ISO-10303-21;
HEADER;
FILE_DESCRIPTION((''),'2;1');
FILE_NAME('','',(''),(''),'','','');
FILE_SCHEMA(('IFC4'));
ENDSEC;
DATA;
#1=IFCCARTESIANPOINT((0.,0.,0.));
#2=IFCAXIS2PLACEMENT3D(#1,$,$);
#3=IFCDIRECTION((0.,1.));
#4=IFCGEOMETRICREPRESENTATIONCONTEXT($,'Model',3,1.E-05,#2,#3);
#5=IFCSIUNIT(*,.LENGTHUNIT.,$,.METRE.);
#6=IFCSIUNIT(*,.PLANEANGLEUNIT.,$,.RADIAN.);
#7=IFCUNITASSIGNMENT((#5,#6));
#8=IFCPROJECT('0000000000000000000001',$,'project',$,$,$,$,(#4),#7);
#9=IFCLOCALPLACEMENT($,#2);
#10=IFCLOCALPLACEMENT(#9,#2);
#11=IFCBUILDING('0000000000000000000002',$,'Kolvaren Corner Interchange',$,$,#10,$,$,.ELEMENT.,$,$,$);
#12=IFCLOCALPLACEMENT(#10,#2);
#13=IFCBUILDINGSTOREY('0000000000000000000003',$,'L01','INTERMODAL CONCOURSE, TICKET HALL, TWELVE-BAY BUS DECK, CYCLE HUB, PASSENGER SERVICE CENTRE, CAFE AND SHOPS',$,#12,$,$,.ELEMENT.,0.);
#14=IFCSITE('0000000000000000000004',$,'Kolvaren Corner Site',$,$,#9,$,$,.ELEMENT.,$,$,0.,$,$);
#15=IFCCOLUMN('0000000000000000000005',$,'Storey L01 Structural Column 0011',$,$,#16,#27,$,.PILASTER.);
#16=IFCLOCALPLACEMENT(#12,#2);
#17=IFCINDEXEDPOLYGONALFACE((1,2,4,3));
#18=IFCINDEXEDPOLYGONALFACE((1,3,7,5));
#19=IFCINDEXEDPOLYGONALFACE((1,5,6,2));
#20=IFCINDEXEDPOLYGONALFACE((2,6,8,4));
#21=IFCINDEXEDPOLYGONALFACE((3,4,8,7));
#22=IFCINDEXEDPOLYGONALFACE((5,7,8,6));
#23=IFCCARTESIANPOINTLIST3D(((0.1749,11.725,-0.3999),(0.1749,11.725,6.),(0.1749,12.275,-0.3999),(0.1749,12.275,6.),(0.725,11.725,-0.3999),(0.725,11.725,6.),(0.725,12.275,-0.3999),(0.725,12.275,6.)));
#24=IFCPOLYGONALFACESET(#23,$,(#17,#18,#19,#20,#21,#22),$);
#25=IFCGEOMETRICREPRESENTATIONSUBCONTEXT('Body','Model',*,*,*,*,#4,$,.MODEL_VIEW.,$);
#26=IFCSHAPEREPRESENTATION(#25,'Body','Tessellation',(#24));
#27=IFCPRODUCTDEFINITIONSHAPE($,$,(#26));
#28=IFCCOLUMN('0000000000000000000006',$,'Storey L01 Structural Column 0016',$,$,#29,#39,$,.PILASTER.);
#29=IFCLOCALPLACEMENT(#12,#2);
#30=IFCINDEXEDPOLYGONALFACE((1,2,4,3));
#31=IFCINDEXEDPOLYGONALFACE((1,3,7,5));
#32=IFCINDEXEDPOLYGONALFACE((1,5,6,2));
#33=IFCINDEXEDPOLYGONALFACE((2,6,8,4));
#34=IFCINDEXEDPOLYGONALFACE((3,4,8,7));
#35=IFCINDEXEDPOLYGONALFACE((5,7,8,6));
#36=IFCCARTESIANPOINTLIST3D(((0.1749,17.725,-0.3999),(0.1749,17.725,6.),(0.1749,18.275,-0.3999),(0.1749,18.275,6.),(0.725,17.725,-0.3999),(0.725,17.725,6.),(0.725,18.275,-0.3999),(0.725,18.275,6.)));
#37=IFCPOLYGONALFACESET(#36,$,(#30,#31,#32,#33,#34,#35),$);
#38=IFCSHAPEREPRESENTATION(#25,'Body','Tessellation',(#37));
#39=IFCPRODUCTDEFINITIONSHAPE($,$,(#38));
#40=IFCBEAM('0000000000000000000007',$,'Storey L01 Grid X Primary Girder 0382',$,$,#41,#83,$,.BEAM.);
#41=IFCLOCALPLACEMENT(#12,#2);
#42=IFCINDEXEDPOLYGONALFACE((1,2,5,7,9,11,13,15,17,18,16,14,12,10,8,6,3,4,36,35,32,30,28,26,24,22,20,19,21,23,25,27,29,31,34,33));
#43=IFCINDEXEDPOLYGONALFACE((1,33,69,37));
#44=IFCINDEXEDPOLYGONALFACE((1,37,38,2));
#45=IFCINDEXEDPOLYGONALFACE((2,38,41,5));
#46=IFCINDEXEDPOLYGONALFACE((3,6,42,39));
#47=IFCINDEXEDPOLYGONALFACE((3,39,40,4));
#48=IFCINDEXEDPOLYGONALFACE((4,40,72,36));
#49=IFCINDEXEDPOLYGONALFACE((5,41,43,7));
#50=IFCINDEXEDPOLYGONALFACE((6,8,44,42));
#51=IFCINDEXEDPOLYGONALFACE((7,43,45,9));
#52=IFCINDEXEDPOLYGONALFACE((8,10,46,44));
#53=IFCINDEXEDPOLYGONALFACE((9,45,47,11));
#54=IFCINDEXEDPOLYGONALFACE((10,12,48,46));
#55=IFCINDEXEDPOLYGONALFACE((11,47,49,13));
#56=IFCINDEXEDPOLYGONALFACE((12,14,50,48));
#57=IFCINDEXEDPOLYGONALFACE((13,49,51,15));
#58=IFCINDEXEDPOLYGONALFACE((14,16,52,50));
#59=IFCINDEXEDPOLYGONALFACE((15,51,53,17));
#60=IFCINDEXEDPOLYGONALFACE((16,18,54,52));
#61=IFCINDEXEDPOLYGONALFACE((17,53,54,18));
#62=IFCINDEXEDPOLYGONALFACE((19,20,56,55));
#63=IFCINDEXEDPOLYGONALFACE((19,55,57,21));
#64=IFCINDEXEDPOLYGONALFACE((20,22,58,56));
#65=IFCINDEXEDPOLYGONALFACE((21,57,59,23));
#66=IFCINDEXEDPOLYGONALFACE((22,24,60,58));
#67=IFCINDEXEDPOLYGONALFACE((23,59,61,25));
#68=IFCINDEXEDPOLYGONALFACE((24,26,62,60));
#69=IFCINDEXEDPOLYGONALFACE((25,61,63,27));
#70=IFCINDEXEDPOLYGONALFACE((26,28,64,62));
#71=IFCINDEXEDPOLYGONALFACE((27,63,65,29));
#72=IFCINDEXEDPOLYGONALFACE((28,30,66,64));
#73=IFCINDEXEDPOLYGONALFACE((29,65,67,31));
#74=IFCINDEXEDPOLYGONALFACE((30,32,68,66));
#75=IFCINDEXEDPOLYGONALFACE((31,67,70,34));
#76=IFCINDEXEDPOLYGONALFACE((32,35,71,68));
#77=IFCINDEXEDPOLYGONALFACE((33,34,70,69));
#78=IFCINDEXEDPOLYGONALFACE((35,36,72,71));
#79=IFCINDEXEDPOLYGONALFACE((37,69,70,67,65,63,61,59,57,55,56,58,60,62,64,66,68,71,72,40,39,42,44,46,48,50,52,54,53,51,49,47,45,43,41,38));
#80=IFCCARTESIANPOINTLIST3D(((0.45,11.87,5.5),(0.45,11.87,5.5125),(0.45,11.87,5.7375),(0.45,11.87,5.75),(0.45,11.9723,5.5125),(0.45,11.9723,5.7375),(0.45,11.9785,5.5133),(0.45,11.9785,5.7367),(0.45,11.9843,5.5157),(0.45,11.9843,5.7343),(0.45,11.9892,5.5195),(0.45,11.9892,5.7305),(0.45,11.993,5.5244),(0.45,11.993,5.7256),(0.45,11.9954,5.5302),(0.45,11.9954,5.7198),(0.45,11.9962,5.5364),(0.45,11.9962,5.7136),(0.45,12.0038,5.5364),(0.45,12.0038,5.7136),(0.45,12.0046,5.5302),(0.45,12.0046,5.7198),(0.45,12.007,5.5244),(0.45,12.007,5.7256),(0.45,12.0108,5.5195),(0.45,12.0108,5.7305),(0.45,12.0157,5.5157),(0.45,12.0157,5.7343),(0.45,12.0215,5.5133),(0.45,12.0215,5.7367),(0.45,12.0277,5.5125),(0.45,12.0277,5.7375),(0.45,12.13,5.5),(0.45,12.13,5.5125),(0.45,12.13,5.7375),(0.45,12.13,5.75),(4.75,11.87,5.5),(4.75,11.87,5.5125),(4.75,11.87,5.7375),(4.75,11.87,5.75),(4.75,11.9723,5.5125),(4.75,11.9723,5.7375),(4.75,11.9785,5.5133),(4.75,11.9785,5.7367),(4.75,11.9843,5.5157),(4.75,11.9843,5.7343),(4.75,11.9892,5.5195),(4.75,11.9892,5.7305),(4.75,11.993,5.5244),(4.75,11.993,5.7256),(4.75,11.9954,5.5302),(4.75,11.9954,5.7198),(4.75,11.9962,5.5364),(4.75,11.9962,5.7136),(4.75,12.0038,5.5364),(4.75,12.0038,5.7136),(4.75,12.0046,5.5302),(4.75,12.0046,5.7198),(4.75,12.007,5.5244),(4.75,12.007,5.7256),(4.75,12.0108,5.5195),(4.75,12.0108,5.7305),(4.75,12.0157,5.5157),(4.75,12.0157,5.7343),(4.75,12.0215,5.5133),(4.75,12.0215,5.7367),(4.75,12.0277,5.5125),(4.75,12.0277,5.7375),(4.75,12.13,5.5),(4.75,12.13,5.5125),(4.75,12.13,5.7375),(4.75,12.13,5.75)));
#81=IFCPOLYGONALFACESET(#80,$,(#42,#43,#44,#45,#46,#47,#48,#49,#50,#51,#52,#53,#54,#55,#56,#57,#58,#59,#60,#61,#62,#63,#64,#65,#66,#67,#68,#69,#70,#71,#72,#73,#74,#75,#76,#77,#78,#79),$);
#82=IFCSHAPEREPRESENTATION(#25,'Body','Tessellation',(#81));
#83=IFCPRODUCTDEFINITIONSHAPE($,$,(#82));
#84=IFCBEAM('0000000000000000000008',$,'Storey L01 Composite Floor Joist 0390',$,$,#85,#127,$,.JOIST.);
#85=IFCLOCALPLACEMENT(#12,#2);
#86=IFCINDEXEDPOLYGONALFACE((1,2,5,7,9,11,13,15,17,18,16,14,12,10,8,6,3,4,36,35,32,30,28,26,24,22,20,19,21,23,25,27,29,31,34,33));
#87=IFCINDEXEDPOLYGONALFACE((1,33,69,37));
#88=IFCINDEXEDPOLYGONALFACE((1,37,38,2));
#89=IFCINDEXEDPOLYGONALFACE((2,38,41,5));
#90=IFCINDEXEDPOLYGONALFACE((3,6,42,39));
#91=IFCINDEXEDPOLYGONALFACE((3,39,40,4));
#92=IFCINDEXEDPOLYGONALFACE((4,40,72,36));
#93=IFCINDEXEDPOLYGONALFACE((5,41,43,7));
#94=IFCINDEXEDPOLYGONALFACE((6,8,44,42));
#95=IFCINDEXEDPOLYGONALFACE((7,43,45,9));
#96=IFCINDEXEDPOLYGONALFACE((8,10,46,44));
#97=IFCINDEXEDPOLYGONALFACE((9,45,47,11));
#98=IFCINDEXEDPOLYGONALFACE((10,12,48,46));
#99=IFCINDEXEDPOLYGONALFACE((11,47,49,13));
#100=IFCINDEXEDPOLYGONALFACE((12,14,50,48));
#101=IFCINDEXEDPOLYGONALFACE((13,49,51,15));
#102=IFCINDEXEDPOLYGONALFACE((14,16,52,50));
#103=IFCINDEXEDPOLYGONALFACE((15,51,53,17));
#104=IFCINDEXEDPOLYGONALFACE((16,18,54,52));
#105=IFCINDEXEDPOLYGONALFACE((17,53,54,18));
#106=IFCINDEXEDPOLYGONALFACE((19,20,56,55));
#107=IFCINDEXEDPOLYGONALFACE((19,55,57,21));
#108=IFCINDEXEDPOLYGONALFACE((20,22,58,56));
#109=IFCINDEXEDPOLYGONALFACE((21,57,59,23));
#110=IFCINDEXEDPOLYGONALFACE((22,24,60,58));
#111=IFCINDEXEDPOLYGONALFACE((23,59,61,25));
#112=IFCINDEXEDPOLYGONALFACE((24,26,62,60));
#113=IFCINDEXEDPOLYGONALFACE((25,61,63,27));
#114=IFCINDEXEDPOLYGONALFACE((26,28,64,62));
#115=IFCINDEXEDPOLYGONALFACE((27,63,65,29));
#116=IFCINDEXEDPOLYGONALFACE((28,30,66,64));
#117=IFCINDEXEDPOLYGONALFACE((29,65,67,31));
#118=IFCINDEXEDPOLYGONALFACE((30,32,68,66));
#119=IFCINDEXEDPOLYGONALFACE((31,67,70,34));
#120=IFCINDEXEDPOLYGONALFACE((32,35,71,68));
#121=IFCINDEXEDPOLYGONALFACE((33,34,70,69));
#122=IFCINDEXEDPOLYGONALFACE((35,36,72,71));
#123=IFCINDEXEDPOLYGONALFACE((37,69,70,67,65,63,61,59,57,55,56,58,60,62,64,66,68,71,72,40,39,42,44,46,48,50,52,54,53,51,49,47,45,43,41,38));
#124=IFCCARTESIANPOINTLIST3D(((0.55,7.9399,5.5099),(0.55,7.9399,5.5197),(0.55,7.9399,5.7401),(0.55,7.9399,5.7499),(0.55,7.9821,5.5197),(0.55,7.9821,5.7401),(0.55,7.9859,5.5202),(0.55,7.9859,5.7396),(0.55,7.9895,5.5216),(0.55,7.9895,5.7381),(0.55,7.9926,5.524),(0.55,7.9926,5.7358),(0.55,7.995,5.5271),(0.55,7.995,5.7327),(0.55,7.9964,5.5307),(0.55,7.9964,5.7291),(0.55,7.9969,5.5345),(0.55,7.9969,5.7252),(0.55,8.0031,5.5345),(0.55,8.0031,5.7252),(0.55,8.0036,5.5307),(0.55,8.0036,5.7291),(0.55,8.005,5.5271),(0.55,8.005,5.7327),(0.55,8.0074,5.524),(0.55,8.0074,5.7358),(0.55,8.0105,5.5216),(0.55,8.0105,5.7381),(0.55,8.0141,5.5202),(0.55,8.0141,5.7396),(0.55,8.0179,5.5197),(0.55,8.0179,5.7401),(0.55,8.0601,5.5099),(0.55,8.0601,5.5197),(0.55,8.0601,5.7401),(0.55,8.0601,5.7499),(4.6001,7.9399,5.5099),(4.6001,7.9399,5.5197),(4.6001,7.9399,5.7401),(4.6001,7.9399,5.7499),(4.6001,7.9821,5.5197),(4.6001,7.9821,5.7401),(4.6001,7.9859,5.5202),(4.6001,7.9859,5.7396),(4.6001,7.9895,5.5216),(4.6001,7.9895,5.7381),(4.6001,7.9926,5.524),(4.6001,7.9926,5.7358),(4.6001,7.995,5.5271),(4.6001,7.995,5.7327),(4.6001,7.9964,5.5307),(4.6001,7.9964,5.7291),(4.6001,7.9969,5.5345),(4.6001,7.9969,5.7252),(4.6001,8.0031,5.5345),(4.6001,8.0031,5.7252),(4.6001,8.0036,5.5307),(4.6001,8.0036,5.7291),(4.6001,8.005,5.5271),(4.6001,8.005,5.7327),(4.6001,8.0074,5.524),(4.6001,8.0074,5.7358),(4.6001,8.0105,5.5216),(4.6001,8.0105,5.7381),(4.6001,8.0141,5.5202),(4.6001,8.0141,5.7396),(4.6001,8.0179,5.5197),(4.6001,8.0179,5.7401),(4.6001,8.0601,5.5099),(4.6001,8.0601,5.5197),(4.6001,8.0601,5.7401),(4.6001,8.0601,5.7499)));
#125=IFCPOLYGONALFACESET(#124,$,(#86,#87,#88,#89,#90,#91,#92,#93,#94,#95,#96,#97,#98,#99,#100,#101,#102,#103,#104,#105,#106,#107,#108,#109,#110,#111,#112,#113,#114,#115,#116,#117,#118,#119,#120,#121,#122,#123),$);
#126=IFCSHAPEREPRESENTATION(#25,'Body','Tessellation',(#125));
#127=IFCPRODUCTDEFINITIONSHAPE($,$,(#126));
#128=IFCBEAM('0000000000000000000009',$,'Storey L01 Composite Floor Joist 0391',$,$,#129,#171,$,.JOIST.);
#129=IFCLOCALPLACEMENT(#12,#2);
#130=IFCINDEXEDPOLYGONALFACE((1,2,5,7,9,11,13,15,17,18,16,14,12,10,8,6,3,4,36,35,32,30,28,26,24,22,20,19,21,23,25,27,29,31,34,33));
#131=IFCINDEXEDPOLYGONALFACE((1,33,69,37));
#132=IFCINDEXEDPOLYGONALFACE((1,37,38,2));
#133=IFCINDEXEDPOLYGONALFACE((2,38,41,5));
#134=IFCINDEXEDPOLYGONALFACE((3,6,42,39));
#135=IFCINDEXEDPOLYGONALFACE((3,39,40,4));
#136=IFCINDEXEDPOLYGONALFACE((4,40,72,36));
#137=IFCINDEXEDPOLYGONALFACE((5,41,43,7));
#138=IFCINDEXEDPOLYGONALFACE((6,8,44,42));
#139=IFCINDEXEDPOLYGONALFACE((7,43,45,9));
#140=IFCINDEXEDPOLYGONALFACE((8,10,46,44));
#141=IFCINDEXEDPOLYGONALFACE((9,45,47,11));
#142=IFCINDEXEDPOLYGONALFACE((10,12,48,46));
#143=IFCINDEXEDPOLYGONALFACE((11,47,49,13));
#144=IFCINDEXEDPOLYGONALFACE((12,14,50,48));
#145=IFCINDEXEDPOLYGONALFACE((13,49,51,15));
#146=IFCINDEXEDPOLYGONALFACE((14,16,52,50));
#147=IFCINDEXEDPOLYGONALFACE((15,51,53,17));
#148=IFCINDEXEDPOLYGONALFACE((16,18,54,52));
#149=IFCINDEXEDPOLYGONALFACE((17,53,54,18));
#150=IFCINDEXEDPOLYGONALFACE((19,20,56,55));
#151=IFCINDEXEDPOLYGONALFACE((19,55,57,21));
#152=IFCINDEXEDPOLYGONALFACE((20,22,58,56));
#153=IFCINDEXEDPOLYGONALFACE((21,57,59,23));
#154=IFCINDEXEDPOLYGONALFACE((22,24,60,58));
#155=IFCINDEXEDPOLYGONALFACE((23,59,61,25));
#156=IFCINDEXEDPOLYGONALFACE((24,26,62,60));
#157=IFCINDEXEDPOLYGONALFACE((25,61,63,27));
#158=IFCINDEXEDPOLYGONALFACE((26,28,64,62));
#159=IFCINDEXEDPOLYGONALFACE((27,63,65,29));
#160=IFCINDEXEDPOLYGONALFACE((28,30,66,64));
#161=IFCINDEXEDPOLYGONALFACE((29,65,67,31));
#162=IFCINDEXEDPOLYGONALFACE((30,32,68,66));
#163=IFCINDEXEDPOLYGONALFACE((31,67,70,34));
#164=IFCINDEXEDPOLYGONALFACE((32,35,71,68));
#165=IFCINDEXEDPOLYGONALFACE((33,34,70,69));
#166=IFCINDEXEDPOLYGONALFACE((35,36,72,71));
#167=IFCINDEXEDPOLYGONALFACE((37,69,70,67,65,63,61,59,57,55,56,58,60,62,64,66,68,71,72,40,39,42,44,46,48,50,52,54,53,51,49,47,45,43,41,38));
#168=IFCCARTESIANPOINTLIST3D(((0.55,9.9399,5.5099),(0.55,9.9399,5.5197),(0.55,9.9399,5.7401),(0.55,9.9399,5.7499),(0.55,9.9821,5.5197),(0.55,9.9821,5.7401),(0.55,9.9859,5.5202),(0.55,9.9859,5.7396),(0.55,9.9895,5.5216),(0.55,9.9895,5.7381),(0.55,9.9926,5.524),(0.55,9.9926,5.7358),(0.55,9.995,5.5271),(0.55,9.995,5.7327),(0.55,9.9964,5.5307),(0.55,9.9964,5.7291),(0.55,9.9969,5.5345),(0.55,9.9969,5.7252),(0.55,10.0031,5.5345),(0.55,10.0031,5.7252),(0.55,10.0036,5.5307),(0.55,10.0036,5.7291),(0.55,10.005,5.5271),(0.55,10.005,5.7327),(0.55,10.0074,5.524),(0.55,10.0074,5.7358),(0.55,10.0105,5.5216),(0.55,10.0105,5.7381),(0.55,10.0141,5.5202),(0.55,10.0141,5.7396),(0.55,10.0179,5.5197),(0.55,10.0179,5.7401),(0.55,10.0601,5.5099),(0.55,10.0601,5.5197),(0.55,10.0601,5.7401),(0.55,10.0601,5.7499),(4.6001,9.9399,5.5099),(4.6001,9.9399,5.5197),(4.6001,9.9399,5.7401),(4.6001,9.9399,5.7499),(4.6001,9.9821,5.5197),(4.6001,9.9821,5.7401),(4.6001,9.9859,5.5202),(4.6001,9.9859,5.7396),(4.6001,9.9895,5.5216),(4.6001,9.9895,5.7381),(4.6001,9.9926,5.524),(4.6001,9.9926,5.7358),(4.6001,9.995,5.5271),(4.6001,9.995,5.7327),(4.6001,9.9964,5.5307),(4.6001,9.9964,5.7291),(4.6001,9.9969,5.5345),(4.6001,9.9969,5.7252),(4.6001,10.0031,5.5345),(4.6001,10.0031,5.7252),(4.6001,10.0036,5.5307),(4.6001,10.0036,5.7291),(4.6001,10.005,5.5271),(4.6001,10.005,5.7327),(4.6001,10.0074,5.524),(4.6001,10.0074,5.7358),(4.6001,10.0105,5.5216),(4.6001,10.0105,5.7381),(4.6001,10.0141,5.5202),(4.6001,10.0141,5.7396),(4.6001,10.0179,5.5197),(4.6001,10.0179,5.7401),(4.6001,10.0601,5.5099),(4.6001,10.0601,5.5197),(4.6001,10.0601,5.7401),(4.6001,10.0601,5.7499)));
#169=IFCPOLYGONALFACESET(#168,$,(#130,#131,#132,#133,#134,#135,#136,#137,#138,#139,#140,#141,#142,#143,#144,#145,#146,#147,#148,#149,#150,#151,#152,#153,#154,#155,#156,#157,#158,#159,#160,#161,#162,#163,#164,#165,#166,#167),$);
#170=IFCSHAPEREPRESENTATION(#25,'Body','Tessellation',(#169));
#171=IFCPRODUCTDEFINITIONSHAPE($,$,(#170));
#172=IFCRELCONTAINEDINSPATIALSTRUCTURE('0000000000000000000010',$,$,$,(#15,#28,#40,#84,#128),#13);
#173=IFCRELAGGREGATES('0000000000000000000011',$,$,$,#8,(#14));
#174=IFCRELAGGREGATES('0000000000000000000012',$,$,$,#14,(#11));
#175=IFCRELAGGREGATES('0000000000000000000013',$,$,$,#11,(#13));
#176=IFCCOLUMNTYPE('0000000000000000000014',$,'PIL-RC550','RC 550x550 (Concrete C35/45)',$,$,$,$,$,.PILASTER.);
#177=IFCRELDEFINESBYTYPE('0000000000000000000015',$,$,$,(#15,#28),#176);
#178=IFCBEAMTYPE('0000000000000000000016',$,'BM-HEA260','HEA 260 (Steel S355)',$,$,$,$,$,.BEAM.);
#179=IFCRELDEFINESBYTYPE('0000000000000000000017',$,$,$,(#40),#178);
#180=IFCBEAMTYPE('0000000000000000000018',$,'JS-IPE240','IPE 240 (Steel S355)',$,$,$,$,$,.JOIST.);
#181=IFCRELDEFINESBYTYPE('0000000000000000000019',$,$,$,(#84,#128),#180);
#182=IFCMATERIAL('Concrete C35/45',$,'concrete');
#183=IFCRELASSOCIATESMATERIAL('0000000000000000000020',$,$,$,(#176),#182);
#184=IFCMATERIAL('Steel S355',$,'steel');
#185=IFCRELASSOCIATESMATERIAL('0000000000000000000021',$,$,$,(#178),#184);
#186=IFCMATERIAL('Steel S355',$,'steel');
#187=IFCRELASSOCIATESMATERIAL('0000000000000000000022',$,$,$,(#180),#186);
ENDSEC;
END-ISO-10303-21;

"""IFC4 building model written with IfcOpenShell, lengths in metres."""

from ifc_helpers import new_model, si_unit, direction, frame, origin, origin_2d, place, context, subcontext, project, spatial, rectangle, i_section, extrude, material, material_profile, profile_set, type_object, element, save


model = new_model("IFC4")

# Units and contexts
model_context = context("Model", 3, precision=1e-05, world=origin(), true_north=direction((0.0, 1.0)))
body_context = subcontext(model_context, "Body", "Model", "MODEL_VIEW")
ifc_project = project(units=[si_unit("LENGTHUNIT", "METRE"), si_unit("PLANEANGLEUNIT", "RADIAN")], contexts=[model_context])

# Site, building, storey
site_placement = place(None, origin())
site = spatial("IfcSite", under=ifc_project, at=site_placement, Name="Kolvaren Corner Site", CompositionType="ELEMENT", RefElevation=0.0)
building_placement = place(site_placement, origin())
building = spatial("IfcBuilding", under=site, at=building_placement, Name="Kolvaren Corner Interchange", CompositionType="ELEMENT")
storey_placement = place(building_placement, origin())
storey = spatial("IfcBuildingStorey", under=building, at=storey_placement, Name="L01", Description="INTERMODAL CONCOURSE, TICKET HALL, TWELVE-BAY BUS DECK, CYCLE HUB, PASSENGER SERVICE CENTRE, CAFE AND SHOPS", CompositionType="ELEMENT", Elevation=0.0)

# Columns
ifc_material_1 = material(Name="Concrete C35/45", Category="concrete")
ifc_material_profile_1 = material_profile(ifc_material_1, rectangle(XDim=0.55, YDim=0.55, at=origin_2d()), Name="RC 550x550")
ifc_profile_set_1 = profile_set([ifc_material_profile_1], Name="Concrete C35/45")
column_type = type_object("IfcColumnType", Name="PIL-RC550", Description="RC 550x550 (Concrete C35/45)", PredefinedType="PILASTER", material=ifc_profile_set_1)
for number, where, z_axis, x_axis, name in (
    (1, (0.45, 12.0, -0.3999), (0.0, 0.0, 1.0), (1.0, 0.0, 0.0), "Storey L01 Structural Column 0011"),
    (2, (0.45, 18.0, -0.3999), (0.0, 0.0, 1.0), (1.0, 0.0, 0.0), "Storey L01 Structural Column 0016"),
):
    element("IfcColumn", number, at=place(storey_placement, frame(where, z_axis=z_axis, x_axis=x_axis)), inside=storey, type_object=column_type, Name=name, PredefinedType="PILASTER", context=body_context, shape_type="SweptSolid", body=[
        extrude(rectangle(XDim=0.55, YDim=0.55, at=origin_2d()), origin(), (0.0, 0.0, 1.0), 6.3999),
    ])

# Beams
ifc_material_2 = material(Name="Steel S355", Category="steel")
ifc_material_profile_2 = material_profile(ifc_material_2, i_section(OverallWidth=0.26, OverallDepth=0.25, WebThickness=0.0076, FlangeThickness=0.0125, FilletRadius=0.0239, at=origin_2d()), Name="HEA 260")
ifc_profile_set_2 = profile_set([ifc_material_profile_2], Name="Steel S355")
beam_type_1 = type_object("IfcBeamType", Name="BM-HEA260", Description="HEA 260 (Steel S355)", PredefinedType="BEAM", material=ifc_profile_set_2)
beam_1_placement = place(storey_placement, frame((0.45, 12.0, 5.625), z_axis=(1.0, 0.0, 0.0), x_axis=(0.0, 1.0, 0.0)))
element("IfcBeam", 3, at=beam_1_placement, inside=storey, type_object=beam_type_1, Name="Storey L01 Grid X Primary Girder 0382", PredefinedType="BEAM", context=body_context, shape_type="SweptSolid", body=[
    extrude(i_section(OverallWidth=0.26, OverallDepth=0.25, WebThickness=0.0076, FlangeThickness=0.0125, FilletRadius=0.0239, at=origin_2d()), origin(), (0.0, 0.0, 1.0), 4.3),
])
ifc_material_3 = material(Name="Steel S355", Category="steel")
ifc_material_profile_3 = material_profile(ifc_material_3, i_section(OverallWidth=0.1201, OverallDepth=0.24, WebThickness=0.0061, FlangeThickness=0.0098, FilletRadius=0.0149, at=origin_2d()), Name="IPE 240")
ifc_profile_set_3 = profile_set([ifc_material_profile_3], Name="Steel S355")
beam_type_2 = type_object("IfcBeamType", Name="JS-IPE240", Description="IPE 240 (Steel S355)", PredefinedType="JOIST", material=ifc_profile_set_3)
for number, where, z_axis, x_axis, name in (
    (4, (0.55, 8.0, 5.6299), (1.0, 0.0, 0.0), (0.0, 1.0, 0.0), "Storey L01 Composite Floor Joist 0390"),
    (5, (0.55, 10.0, 5.6299), (1.0, 0.0, 0.0), (0.0, 1.0, 0.0), "Storey L01 Composite Floor Joist 0391"),
):
    element("IfcBeam", number, at=place(storey_placement, frame(where, z_axis=z_axis, x_axis=x_axis)), inside=storey, type_object=beam_type_2, Name=name, PredefinedType="JOIST", context=body_context, shape_type="SweptSolid", body=[
        extrude(i_section(OverallWidth=0.1201, OverallDepth=0.24, WebThickness=0.0061, FlangeThickness=0.0098, FilletRadius=0.0149, at=origin_2d()), origin(), (0.0, 0.0, 1.0), 4.05),
    ])

save(model, "model.ifc")
